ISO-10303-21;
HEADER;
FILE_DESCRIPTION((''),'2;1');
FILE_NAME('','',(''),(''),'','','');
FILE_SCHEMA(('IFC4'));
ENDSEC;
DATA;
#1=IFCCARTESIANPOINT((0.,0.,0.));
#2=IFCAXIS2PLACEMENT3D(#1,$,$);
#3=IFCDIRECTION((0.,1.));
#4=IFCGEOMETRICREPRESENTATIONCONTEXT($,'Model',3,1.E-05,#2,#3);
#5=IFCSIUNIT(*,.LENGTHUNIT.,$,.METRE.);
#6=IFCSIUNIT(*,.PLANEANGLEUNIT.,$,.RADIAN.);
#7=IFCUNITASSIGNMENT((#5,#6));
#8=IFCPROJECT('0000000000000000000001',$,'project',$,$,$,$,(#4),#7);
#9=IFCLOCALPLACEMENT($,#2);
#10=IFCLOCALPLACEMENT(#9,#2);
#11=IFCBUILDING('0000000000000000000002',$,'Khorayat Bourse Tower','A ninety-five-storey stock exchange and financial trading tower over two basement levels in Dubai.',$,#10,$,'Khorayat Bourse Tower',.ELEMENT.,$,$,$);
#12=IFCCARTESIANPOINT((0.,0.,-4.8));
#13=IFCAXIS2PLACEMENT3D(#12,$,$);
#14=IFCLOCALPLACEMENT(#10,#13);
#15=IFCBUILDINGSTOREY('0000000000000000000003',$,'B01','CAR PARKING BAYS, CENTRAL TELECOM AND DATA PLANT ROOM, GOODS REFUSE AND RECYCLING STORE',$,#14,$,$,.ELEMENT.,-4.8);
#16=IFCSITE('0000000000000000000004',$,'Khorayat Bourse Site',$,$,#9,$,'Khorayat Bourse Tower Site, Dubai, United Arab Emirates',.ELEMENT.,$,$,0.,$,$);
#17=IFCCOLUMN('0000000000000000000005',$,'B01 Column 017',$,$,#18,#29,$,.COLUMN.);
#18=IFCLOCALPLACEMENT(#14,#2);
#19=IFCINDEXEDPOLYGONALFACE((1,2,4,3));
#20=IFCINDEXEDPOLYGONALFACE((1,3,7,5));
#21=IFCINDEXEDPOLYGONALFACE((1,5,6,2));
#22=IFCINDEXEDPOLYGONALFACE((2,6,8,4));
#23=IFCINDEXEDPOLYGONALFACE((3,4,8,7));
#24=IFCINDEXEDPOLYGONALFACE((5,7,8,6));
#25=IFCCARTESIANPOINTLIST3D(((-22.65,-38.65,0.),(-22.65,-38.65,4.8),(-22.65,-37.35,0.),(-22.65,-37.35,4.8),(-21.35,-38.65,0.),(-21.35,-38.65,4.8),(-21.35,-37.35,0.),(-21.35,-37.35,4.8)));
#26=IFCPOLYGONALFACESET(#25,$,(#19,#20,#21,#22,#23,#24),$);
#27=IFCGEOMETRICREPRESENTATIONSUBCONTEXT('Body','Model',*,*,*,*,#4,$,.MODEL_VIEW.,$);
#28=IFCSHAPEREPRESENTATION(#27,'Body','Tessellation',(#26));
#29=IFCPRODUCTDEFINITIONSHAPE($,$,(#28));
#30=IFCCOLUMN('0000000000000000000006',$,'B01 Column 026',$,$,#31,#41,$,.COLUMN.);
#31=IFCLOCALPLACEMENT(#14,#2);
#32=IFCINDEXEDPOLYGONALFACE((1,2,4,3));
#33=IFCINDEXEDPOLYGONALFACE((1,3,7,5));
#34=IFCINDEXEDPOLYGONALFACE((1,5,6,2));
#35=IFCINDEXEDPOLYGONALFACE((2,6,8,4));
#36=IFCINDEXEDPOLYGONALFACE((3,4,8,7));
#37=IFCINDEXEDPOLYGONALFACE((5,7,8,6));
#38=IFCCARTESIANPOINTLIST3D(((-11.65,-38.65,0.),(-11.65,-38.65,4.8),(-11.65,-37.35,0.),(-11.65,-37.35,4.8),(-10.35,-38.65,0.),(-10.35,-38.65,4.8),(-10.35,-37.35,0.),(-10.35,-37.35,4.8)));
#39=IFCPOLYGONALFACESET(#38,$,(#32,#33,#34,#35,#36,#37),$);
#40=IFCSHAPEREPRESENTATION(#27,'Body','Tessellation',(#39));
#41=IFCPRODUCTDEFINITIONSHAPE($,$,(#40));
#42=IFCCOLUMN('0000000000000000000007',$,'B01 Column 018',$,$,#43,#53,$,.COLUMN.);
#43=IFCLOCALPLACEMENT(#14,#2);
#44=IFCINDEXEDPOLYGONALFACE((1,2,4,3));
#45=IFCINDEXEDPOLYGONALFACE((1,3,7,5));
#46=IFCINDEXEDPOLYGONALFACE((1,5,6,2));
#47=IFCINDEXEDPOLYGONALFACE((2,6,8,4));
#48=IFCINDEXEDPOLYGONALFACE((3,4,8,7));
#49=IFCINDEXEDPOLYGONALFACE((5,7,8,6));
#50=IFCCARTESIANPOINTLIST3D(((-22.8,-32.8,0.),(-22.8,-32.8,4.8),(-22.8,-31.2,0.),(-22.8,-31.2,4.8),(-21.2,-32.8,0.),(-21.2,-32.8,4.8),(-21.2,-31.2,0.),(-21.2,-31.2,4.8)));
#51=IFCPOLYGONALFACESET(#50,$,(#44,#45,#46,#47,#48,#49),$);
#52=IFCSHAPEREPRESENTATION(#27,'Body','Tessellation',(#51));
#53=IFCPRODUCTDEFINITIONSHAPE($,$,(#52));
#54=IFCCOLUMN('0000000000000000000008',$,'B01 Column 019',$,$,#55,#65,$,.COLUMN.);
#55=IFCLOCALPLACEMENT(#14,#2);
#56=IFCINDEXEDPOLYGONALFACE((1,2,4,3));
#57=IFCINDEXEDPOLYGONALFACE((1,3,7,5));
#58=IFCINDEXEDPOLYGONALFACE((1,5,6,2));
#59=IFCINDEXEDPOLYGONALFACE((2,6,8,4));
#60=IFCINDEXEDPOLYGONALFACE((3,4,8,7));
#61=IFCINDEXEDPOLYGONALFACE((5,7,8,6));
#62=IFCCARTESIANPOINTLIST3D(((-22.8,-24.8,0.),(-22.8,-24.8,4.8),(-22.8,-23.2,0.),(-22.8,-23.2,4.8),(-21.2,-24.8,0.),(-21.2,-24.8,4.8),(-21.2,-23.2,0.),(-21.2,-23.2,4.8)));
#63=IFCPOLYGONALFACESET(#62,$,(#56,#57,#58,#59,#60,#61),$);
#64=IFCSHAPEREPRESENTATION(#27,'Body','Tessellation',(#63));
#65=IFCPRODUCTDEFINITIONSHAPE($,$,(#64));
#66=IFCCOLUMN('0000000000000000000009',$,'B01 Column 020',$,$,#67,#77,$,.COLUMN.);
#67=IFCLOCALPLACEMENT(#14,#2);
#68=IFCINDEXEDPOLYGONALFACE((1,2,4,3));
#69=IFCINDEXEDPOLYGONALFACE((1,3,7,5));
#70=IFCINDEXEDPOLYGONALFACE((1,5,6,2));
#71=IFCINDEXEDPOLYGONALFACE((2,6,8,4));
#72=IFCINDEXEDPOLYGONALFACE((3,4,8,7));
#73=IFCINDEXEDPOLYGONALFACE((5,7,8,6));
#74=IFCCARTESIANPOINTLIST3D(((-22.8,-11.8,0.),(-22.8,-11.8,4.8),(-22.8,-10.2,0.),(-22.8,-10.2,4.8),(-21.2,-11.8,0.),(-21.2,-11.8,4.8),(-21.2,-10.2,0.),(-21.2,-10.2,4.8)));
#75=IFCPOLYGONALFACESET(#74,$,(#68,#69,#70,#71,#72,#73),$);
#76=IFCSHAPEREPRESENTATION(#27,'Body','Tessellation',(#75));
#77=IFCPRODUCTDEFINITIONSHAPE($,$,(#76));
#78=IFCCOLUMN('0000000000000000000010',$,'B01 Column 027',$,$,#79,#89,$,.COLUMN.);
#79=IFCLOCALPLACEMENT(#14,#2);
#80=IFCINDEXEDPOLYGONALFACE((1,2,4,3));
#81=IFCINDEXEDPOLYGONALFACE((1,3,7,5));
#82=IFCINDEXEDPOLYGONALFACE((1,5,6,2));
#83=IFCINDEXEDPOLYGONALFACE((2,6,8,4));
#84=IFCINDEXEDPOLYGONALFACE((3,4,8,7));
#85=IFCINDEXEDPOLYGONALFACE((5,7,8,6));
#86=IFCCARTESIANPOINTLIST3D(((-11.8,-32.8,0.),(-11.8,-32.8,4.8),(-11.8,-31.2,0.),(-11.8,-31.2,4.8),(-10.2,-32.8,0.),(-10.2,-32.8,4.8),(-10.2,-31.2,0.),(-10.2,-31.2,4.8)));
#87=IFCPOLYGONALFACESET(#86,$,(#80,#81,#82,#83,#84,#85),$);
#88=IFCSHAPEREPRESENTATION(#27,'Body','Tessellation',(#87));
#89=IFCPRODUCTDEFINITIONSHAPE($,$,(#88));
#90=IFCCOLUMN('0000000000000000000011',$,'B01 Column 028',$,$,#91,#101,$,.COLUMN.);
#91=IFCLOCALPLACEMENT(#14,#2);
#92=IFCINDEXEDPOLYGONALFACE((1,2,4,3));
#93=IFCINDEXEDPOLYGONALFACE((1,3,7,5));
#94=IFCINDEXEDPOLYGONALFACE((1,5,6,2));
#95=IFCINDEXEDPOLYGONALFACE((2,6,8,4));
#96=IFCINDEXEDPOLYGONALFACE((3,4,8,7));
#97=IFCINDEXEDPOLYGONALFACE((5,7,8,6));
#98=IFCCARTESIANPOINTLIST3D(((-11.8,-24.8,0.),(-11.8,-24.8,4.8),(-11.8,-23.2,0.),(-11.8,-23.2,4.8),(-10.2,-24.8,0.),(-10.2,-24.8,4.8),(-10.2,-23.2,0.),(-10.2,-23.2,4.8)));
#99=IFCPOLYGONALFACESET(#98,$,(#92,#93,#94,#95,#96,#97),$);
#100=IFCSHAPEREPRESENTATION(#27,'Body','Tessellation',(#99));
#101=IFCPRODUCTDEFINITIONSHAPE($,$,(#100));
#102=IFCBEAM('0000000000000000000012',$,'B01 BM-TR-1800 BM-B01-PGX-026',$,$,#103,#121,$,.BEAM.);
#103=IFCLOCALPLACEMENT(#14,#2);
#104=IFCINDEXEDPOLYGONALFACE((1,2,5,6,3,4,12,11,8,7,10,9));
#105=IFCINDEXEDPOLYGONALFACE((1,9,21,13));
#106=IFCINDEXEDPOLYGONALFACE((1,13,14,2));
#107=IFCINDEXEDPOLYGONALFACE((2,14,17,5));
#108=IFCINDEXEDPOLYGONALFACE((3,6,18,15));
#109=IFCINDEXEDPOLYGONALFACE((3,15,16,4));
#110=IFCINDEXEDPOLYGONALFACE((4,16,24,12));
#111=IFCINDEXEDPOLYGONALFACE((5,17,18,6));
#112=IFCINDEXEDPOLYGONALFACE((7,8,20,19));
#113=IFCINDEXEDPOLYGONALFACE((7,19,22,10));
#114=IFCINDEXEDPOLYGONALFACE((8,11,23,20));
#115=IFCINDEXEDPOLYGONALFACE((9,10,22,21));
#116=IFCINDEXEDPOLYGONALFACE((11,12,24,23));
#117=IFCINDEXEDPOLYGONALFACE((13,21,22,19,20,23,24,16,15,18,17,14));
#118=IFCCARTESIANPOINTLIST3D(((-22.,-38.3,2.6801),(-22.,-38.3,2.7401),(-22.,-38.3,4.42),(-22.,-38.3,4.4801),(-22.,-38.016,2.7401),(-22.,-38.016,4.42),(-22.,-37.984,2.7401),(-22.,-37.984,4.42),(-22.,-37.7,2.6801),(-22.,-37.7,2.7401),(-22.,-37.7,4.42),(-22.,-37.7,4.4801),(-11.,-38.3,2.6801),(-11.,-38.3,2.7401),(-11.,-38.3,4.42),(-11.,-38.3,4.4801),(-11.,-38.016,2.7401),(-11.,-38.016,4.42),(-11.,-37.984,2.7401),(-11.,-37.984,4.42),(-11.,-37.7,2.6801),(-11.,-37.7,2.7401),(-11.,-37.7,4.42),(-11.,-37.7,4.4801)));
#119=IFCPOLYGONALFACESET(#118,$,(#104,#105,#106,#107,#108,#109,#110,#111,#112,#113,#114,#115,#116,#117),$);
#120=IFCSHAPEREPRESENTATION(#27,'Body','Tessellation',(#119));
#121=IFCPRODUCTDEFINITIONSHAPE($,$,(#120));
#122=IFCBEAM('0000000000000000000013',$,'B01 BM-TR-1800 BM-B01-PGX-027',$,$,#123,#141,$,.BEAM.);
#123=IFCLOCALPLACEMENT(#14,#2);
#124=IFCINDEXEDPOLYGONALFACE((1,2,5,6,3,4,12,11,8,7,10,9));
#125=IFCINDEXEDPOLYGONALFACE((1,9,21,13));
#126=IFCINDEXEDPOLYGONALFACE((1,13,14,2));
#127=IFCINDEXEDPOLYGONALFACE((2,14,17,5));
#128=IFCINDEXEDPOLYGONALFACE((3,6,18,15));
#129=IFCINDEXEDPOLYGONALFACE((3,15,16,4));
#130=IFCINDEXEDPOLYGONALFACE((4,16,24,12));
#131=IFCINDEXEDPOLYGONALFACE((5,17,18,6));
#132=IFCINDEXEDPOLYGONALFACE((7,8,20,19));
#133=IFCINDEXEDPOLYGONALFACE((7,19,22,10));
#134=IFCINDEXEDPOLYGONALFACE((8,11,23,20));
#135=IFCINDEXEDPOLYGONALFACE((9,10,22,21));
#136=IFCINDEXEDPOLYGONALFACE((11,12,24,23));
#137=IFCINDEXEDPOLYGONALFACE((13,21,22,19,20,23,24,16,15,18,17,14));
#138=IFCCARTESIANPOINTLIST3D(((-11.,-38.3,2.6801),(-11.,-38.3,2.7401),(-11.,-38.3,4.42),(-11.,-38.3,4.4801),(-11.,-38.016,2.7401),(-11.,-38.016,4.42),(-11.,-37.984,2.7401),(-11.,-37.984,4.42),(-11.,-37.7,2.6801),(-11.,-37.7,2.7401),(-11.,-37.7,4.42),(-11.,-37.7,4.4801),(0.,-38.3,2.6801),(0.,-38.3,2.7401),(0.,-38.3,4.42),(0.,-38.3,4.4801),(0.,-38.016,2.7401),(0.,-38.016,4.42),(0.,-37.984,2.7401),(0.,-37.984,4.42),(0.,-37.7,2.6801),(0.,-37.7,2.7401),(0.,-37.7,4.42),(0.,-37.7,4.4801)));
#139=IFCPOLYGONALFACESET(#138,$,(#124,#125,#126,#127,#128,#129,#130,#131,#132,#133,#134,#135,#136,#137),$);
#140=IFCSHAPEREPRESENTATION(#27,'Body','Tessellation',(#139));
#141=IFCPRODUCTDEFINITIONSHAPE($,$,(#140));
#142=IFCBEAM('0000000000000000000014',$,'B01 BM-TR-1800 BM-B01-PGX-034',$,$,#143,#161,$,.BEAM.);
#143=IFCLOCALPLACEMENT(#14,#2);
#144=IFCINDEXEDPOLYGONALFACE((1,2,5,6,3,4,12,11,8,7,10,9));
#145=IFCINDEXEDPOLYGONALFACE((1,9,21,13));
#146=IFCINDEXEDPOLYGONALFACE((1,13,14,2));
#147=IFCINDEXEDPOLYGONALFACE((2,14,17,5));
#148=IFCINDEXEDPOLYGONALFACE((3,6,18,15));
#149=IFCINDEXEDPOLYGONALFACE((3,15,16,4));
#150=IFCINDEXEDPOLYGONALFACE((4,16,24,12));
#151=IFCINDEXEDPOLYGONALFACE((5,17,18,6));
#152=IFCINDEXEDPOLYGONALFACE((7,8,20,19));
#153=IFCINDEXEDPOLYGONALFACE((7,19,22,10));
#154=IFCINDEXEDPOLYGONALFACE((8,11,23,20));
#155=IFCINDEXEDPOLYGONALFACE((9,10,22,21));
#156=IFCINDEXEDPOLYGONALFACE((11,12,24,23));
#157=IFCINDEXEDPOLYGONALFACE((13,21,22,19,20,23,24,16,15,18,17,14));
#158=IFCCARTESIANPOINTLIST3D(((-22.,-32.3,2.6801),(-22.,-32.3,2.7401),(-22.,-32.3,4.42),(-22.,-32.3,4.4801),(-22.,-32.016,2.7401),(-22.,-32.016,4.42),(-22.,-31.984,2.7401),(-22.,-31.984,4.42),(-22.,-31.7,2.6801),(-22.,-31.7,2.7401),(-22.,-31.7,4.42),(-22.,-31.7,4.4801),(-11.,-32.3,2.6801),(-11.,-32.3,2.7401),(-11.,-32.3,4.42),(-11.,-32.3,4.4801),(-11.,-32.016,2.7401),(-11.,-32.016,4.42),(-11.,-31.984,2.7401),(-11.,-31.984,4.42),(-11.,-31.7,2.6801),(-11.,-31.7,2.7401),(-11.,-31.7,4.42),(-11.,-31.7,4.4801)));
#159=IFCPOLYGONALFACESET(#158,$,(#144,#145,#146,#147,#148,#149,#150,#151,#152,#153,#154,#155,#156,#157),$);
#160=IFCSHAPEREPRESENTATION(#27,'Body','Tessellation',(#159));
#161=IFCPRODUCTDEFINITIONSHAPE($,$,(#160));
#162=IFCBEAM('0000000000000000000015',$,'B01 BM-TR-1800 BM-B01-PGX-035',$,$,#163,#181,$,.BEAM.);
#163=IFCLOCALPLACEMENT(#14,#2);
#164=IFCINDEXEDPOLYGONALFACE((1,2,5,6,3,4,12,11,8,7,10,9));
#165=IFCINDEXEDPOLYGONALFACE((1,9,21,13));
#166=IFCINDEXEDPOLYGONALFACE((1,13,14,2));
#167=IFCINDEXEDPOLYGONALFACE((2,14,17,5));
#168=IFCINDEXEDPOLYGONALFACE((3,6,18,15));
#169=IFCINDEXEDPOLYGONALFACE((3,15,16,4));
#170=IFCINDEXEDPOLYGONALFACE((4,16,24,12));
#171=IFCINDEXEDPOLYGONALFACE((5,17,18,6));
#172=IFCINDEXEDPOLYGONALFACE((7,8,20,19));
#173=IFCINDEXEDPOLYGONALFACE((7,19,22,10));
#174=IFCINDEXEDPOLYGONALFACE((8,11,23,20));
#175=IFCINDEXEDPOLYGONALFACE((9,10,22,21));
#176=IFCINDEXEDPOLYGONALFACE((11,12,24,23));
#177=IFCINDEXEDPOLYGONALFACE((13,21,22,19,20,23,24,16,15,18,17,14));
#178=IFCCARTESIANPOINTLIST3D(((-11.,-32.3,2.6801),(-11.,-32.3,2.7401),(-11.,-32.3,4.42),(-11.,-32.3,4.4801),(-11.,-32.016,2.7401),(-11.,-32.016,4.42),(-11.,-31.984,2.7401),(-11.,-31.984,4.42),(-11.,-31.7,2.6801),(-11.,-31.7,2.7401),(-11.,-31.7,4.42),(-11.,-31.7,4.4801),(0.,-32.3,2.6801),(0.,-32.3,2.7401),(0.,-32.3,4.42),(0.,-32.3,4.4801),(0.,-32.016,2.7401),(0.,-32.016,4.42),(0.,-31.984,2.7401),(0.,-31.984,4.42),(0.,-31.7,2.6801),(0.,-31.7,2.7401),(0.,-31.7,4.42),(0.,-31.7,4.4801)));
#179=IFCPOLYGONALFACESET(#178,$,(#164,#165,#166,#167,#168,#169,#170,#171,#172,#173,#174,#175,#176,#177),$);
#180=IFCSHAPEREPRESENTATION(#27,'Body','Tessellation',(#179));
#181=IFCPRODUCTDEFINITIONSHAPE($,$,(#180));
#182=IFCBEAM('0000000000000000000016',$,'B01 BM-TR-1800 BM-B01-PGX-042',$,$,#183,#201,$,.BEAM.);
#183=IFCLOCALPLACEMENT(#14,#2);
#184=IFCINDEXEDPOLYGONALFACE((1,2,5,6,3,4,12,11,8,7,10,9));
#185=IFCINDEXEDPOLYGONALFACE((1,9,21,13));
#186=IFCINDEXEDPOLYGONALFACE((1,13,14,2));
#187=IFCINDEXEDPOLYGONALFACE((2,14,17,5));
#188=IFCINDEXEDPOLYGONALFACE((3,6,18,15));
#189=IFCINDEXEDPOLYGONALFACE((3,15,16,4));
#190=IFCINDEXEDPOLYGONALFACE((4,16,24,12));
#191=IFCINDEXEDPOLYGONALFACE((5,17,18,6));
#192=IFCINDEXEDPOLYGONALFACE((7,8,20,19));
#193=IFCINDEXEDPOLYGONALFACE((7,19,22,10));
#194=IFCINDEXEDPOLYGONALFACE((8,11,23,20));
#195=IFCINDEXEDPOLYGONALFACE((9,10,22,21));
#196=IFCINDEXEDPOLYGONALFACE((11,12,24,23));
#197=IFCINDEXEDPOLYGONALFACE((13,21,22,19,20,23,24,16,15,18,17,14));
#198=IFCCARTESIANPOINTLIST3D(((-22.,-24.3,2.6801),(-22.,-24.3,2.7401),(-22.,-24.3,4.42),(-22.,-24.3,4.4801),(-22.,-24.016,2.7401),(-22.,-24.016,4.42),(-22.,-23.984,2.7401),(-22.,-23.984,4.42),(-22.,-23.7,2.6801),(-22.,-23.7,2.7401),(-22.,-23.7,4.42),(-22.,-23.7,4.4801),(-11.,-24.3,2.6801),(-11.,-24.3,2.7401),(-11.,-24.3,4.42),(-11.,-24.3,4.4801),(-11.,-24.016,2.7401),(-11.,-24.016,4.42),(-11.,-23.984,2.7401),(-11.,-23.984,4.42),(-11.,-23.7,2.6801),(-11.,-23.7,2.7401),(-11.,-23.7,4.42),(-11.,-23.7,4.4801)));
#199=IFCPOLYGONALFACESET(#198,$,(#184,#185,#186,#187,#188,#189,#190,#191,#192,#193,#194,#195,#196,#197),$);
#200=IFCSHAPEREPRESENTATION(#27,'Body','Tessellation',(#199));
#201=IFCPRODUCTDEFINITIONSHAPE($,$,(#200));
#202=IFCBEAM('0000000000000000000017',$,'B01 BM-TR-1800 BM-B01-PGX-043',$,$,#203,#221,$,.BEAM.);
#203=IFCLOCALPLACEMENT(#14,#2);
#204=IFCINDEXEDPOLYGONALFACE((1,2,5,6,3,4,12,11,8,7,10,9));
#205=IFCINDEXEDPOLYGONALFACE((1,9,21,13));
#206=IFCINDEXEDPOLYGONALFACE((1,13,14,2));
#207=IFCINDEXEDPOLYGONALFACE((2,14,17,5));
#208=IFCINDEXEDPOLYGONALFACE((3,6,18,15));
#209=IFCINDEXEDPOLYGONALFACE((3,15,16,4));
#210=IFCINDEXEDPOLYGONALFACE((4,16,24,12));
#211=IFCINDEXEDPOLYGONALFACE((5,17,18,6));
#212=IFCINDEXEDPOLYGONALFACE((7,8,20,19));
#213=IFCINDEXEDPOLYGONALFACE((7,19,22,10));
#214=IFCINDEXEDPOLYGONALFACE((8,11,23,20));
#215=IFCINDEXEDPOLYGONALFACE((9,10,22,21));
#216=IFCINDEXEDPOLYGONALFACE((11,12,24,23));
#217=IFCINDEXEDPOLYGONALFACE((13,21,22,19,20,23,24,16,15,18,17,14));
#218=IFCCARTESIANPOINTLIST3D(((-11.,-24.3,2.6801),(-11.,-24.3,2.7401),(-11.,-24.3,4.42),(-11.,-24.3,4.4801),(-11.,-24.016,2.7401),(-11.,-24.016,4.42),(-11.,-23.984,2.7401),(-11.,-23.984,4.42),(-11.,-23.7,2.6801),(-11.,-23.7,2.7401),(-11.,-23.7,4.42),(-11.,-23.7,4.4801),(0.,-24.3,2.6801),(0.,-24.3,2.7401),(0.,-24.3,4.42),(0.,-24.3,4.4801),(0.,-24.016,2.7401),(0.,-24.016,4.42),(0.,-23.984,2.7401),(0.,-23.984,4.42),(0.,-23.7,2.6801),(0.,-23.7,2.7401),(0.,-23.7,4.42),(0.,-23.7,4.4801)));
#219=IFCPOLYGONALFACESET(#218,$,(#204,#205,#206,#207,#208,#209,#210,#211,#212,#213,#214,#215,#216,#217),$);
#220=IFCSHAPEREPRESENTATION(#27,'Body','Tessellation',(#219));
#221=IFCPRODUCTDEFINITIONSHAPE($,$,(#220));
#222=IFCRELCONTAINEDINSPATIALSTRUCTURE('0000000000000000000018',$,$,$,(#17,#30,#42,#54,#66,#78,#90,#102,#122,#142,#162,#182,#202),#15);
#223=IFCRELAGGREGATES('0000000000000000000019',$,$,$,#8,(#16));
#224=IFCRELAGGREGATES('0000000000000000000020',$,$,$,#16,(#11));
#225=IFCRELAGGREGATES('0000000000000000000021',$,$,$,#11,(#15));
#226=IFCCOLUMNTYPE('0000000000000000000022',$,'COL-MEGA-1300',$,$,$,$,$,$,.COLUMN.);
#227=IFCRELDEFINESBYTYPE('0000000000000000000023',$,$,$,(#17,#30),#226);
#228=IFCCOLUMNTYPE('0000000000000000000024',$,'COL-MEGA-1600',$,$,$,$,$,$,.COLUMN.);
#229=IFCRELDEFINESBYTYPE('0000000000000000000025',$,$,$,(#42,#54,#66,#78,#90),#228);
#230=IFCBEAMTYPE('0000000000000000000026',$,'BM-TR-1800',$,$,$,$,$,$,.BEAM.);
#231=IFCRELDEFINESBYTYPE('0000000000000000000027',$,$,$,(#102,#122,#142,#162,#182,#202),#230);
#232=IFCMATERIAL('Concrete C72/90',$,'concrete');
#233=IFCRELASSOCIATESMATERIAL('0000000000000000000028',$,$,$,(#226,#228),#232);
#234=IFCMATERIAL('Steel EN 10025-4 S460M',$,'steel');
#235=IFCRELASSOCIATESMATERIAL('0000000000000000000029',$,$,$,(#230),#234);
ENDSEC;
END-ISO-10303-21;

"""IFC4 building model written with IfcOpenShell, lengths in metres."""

from ifc_helpers import new_model, si_unit, direction, frame, origin, origin_2d, place, context, subcontext, project, spatial, rectangle, i_section, extrude, source, transform, mapped, material, material_profile, profile_set, type_object, element, save


model = new_model("IFC4")

# Units and contexts
model_context = context("Model", 3, precision=1e-05, world=origin(), true_north=direction((0.0, 1.0)))
body_context = subcontext(model_context, "Body", "Model", "MODEL_VIEW")
ifc_project = project(units=[si_unit("LENGTHUNIT", "METRE"), si_unit("PLANEANGLEUNIT", "RADIAN")], contexts=[model_context])

# Site, building, storey
site_placement = place(None, origin())
site = spatial("IfcSite", under=ifc_project, at=site_placement, Name="Khorayat Bourse Site", LongName="Khorayat Bourse Tower Site, Dubai, United Arab Emirates", CompositionType="ELEMENT", RefElevation=0.0)
building_placement = place(site_placement, origin())
building = spatial("IfcBuilding", under=site, at=building_placement, Name="Khorayat Bourse Tower", Description="A ninety-five-storey stock exchange and financial trading tower over two basement levels in Dubai.", LongName="Khorayat Bourse Tower", CompositionType="ELEMENT")
storey_placement = place(building_placement, frame((0.0, 0.0, -4.8)))
storey = spatial("IfcBuildingStorey", under=building, at=storey_placement, Name="B01", Description="CAR PARKING BAYS, CENTRAL TELECOM AND DATA PLANT ROOM, GOODS REFUSE AND RECYCLING STORE", CompositionType="ELEMENT", Elevation=-4.8)

# Columns
ifc_material_1 = material(Name="Concrete C72/90", Category="concrete")
ifc_material_profile_1 = material_profile(ifc_material_1, rectangle(XDim=1.3, YDim=1.3, at=origin_2d()), Name="RC 1300x1300")
ifc_profile_set_1 = profile_set([ifc_material_profile_1], Name="Concrete C72/90")
column_type_1 = type_object("IfcColumnType", Name="COL-MEGA-1300", PredefinedType="COLUMN", material=ifc_profile_set_1)
shared_shape_1 = source(origin(), body_context, "Body", "SweptSolid", [
    extrude(rectangle(XDim=1.3, YDim=1.3, at=origin_2d()), origin(), (0.0, 0.0, 1.0), 4.8),
])
for number, where, z_axis, x_axis, name in (
    (1, (-22.0, -38.0, 0.0), (0.0, 0.0, 1.0), (1.0, 0.0, 0.0), "B01 Column 017"),
    (2, (-11.0, -38.0, 0.0), (0.0, 0.0, 1.0), (1.0, 0.0, 0.0), "B01 Column 026"),
):
    element("IfcColumn", number, at=place(storey_placement, frame(where, z_axis=z_axis, x_axis=x_axis)), inside=storey, type_object=column_type_1, Name=name, PredefinedType="COLUMN", context=body_context, shape_type="MappedRepresentation", body=[
        mapped(shared_shape_1, transform((0.0, 0.0, 0.0), scale=1.0)),
    ])
ifc_material_profile_2 = material_profile(ifc_material_1, rectangle(XDim=1.6001, YDim=1.6001, at=origin_2d()), Name="RC 1600x1600")
ifc_profile_set_2 = profile_set([ifc_material_profile_2], Name="Concrete C72/90")
column_type_2 = type_object("IfcColumnType", Name="COL-MEGA-1600", PredefinedType="COLUMN", material=ifc_profile_set_2)
shared_shape_2 = source(origin(), body_context, "Body", "SweptSolid", [
    extrude(rectangle(XDim=1.6001, YDim=1.6001, at=origin_2d()), origin(), (0.0, 0.0, 1.0), 4.8),
])
for number, where, z_axis, x_axis, name in (
    (3, (-22.0, -32.0, 0.0), (0.0, 0.0, 1.0), (1.0, 0.0, 0.0), "B01 Column 018"),
    (4, (-22.0, -24.0, 0.0), (0.0, 0.0, 1.0), (1.0, 0.0, 0.0), "B01 Column 019"),
    (5, (-22.0, -11.0, 0.0), (0.0, 0.0, 1.0), (1.0, 0.0, 0.0), "B01 Column 020"),
    (6, (-11.0, -32.0, 0.0), (0.0, 0.0, 1.0), (1.0, 0.0, 0.0), "B01 Column 027"),
    (7, (-11.0, -24.0, 0.0), (0.0, 0.0, 1.0), (1.0, 0.0, 0.0), "B01 Column 028"),
):
    element("IfcColumn", number, at=place(storey_placement, frame(where, z_axis=z_axis, x_axis=x_axis)), inside=storey, type_object=column_type_2, Name=name, PredefinedType="COLUMN", context=body_context, shape_type="MappedRepresentation", body=[
        mapped(shared_shape_2, transform((0.0, 0.0, 0.0), scale=1.0)),
    ])

# Beams
ifc_material_2 = material(Name="Steel EN 10025-4 S460M", Category="steel")
ifc_material_profile_3 = material_profile(ifc_material_2, i_section(OverallWidth=0.6001, OverallDepth=1.8, WebThickness=0.032, FlangeThickness=0.0601, at=origin_2d()), Name="PG 1800x600x32x60")
ifc_profile_set_3 = profile_set([ifc_material_profile_3], Name="Steel EN 10025-4 S460M")
beam_type_1 = type_object("IfcBeamType", Name="BM-TR-1800", PredefinedType="BEAM", material=ifc_profile_set_3)
shared_shape_3 = source(origin(), body_context, "Body", "SweptSolid", [
    extrude(i_section(OverallWidth=0.6001, OverallDepth=1.8, WebThickness=0.032, FlangeThickness=0.0601, at=origin_2d()), origin(), (0.0, 0.0, 1.0), 11.0),
])
for number, where, z_axis, x_axis, name in (
    (8, (-22.0, -38.0, 3.5801), (1.0, 0.0, 0.0), (0.0, 1.0, 0.0), "B01 BM-TR-1800 BM-B01-PGX-026"),
    (9, (-11.0, -38.0, 3.5801), (1.0, 0.0, 0.0), (0.0, 1.0, 0.0), "B01 BM-TR-1800 BM-B01-PGX-027"),
    (10, (-22.0, -32.0, 3.5801), (1.0, 0.0, 0.0), (0.0, 1.0, 0.0), "B01 BM-TR-1800 BM-B01-PGX-034"),
    (11, (-11.0, -32.0, 3.5801), (1.0, 0.0, 0.0), (0.0, 1.0, 0.0), "B01 BM-TR-1800 BM-B01-PGX-035"),
    (12, (-22.0, -24.0, 3.5801), (1.0, 0.0, 0.0), (0.0, 1.0, 0.0), "B01 BM-TR-1800 BM-B01-PGX-042"),
    (13, (-11.0, -24.0, 3.5801), (1.0, 0.0, 0.0), (0.0, 1.0, 0.0), "B01 BM-TR-1800 BM-B01-PGX-043"),
):
    element("IfcBeam", number, at=place(storey_placement, frame(where, z_axis=z_axis, x_axis=x_axis)), inside=storey, type_object=beam_type_1, Name=name, PredefinedType="BEAM", context=body_context, shape_type="MappedRepresentation", body=[
        mapped(shared_shape_3, transform((0.0, 0.0, 0.0), scale=1.0)),
    ])

save(model, "model.ifc")
